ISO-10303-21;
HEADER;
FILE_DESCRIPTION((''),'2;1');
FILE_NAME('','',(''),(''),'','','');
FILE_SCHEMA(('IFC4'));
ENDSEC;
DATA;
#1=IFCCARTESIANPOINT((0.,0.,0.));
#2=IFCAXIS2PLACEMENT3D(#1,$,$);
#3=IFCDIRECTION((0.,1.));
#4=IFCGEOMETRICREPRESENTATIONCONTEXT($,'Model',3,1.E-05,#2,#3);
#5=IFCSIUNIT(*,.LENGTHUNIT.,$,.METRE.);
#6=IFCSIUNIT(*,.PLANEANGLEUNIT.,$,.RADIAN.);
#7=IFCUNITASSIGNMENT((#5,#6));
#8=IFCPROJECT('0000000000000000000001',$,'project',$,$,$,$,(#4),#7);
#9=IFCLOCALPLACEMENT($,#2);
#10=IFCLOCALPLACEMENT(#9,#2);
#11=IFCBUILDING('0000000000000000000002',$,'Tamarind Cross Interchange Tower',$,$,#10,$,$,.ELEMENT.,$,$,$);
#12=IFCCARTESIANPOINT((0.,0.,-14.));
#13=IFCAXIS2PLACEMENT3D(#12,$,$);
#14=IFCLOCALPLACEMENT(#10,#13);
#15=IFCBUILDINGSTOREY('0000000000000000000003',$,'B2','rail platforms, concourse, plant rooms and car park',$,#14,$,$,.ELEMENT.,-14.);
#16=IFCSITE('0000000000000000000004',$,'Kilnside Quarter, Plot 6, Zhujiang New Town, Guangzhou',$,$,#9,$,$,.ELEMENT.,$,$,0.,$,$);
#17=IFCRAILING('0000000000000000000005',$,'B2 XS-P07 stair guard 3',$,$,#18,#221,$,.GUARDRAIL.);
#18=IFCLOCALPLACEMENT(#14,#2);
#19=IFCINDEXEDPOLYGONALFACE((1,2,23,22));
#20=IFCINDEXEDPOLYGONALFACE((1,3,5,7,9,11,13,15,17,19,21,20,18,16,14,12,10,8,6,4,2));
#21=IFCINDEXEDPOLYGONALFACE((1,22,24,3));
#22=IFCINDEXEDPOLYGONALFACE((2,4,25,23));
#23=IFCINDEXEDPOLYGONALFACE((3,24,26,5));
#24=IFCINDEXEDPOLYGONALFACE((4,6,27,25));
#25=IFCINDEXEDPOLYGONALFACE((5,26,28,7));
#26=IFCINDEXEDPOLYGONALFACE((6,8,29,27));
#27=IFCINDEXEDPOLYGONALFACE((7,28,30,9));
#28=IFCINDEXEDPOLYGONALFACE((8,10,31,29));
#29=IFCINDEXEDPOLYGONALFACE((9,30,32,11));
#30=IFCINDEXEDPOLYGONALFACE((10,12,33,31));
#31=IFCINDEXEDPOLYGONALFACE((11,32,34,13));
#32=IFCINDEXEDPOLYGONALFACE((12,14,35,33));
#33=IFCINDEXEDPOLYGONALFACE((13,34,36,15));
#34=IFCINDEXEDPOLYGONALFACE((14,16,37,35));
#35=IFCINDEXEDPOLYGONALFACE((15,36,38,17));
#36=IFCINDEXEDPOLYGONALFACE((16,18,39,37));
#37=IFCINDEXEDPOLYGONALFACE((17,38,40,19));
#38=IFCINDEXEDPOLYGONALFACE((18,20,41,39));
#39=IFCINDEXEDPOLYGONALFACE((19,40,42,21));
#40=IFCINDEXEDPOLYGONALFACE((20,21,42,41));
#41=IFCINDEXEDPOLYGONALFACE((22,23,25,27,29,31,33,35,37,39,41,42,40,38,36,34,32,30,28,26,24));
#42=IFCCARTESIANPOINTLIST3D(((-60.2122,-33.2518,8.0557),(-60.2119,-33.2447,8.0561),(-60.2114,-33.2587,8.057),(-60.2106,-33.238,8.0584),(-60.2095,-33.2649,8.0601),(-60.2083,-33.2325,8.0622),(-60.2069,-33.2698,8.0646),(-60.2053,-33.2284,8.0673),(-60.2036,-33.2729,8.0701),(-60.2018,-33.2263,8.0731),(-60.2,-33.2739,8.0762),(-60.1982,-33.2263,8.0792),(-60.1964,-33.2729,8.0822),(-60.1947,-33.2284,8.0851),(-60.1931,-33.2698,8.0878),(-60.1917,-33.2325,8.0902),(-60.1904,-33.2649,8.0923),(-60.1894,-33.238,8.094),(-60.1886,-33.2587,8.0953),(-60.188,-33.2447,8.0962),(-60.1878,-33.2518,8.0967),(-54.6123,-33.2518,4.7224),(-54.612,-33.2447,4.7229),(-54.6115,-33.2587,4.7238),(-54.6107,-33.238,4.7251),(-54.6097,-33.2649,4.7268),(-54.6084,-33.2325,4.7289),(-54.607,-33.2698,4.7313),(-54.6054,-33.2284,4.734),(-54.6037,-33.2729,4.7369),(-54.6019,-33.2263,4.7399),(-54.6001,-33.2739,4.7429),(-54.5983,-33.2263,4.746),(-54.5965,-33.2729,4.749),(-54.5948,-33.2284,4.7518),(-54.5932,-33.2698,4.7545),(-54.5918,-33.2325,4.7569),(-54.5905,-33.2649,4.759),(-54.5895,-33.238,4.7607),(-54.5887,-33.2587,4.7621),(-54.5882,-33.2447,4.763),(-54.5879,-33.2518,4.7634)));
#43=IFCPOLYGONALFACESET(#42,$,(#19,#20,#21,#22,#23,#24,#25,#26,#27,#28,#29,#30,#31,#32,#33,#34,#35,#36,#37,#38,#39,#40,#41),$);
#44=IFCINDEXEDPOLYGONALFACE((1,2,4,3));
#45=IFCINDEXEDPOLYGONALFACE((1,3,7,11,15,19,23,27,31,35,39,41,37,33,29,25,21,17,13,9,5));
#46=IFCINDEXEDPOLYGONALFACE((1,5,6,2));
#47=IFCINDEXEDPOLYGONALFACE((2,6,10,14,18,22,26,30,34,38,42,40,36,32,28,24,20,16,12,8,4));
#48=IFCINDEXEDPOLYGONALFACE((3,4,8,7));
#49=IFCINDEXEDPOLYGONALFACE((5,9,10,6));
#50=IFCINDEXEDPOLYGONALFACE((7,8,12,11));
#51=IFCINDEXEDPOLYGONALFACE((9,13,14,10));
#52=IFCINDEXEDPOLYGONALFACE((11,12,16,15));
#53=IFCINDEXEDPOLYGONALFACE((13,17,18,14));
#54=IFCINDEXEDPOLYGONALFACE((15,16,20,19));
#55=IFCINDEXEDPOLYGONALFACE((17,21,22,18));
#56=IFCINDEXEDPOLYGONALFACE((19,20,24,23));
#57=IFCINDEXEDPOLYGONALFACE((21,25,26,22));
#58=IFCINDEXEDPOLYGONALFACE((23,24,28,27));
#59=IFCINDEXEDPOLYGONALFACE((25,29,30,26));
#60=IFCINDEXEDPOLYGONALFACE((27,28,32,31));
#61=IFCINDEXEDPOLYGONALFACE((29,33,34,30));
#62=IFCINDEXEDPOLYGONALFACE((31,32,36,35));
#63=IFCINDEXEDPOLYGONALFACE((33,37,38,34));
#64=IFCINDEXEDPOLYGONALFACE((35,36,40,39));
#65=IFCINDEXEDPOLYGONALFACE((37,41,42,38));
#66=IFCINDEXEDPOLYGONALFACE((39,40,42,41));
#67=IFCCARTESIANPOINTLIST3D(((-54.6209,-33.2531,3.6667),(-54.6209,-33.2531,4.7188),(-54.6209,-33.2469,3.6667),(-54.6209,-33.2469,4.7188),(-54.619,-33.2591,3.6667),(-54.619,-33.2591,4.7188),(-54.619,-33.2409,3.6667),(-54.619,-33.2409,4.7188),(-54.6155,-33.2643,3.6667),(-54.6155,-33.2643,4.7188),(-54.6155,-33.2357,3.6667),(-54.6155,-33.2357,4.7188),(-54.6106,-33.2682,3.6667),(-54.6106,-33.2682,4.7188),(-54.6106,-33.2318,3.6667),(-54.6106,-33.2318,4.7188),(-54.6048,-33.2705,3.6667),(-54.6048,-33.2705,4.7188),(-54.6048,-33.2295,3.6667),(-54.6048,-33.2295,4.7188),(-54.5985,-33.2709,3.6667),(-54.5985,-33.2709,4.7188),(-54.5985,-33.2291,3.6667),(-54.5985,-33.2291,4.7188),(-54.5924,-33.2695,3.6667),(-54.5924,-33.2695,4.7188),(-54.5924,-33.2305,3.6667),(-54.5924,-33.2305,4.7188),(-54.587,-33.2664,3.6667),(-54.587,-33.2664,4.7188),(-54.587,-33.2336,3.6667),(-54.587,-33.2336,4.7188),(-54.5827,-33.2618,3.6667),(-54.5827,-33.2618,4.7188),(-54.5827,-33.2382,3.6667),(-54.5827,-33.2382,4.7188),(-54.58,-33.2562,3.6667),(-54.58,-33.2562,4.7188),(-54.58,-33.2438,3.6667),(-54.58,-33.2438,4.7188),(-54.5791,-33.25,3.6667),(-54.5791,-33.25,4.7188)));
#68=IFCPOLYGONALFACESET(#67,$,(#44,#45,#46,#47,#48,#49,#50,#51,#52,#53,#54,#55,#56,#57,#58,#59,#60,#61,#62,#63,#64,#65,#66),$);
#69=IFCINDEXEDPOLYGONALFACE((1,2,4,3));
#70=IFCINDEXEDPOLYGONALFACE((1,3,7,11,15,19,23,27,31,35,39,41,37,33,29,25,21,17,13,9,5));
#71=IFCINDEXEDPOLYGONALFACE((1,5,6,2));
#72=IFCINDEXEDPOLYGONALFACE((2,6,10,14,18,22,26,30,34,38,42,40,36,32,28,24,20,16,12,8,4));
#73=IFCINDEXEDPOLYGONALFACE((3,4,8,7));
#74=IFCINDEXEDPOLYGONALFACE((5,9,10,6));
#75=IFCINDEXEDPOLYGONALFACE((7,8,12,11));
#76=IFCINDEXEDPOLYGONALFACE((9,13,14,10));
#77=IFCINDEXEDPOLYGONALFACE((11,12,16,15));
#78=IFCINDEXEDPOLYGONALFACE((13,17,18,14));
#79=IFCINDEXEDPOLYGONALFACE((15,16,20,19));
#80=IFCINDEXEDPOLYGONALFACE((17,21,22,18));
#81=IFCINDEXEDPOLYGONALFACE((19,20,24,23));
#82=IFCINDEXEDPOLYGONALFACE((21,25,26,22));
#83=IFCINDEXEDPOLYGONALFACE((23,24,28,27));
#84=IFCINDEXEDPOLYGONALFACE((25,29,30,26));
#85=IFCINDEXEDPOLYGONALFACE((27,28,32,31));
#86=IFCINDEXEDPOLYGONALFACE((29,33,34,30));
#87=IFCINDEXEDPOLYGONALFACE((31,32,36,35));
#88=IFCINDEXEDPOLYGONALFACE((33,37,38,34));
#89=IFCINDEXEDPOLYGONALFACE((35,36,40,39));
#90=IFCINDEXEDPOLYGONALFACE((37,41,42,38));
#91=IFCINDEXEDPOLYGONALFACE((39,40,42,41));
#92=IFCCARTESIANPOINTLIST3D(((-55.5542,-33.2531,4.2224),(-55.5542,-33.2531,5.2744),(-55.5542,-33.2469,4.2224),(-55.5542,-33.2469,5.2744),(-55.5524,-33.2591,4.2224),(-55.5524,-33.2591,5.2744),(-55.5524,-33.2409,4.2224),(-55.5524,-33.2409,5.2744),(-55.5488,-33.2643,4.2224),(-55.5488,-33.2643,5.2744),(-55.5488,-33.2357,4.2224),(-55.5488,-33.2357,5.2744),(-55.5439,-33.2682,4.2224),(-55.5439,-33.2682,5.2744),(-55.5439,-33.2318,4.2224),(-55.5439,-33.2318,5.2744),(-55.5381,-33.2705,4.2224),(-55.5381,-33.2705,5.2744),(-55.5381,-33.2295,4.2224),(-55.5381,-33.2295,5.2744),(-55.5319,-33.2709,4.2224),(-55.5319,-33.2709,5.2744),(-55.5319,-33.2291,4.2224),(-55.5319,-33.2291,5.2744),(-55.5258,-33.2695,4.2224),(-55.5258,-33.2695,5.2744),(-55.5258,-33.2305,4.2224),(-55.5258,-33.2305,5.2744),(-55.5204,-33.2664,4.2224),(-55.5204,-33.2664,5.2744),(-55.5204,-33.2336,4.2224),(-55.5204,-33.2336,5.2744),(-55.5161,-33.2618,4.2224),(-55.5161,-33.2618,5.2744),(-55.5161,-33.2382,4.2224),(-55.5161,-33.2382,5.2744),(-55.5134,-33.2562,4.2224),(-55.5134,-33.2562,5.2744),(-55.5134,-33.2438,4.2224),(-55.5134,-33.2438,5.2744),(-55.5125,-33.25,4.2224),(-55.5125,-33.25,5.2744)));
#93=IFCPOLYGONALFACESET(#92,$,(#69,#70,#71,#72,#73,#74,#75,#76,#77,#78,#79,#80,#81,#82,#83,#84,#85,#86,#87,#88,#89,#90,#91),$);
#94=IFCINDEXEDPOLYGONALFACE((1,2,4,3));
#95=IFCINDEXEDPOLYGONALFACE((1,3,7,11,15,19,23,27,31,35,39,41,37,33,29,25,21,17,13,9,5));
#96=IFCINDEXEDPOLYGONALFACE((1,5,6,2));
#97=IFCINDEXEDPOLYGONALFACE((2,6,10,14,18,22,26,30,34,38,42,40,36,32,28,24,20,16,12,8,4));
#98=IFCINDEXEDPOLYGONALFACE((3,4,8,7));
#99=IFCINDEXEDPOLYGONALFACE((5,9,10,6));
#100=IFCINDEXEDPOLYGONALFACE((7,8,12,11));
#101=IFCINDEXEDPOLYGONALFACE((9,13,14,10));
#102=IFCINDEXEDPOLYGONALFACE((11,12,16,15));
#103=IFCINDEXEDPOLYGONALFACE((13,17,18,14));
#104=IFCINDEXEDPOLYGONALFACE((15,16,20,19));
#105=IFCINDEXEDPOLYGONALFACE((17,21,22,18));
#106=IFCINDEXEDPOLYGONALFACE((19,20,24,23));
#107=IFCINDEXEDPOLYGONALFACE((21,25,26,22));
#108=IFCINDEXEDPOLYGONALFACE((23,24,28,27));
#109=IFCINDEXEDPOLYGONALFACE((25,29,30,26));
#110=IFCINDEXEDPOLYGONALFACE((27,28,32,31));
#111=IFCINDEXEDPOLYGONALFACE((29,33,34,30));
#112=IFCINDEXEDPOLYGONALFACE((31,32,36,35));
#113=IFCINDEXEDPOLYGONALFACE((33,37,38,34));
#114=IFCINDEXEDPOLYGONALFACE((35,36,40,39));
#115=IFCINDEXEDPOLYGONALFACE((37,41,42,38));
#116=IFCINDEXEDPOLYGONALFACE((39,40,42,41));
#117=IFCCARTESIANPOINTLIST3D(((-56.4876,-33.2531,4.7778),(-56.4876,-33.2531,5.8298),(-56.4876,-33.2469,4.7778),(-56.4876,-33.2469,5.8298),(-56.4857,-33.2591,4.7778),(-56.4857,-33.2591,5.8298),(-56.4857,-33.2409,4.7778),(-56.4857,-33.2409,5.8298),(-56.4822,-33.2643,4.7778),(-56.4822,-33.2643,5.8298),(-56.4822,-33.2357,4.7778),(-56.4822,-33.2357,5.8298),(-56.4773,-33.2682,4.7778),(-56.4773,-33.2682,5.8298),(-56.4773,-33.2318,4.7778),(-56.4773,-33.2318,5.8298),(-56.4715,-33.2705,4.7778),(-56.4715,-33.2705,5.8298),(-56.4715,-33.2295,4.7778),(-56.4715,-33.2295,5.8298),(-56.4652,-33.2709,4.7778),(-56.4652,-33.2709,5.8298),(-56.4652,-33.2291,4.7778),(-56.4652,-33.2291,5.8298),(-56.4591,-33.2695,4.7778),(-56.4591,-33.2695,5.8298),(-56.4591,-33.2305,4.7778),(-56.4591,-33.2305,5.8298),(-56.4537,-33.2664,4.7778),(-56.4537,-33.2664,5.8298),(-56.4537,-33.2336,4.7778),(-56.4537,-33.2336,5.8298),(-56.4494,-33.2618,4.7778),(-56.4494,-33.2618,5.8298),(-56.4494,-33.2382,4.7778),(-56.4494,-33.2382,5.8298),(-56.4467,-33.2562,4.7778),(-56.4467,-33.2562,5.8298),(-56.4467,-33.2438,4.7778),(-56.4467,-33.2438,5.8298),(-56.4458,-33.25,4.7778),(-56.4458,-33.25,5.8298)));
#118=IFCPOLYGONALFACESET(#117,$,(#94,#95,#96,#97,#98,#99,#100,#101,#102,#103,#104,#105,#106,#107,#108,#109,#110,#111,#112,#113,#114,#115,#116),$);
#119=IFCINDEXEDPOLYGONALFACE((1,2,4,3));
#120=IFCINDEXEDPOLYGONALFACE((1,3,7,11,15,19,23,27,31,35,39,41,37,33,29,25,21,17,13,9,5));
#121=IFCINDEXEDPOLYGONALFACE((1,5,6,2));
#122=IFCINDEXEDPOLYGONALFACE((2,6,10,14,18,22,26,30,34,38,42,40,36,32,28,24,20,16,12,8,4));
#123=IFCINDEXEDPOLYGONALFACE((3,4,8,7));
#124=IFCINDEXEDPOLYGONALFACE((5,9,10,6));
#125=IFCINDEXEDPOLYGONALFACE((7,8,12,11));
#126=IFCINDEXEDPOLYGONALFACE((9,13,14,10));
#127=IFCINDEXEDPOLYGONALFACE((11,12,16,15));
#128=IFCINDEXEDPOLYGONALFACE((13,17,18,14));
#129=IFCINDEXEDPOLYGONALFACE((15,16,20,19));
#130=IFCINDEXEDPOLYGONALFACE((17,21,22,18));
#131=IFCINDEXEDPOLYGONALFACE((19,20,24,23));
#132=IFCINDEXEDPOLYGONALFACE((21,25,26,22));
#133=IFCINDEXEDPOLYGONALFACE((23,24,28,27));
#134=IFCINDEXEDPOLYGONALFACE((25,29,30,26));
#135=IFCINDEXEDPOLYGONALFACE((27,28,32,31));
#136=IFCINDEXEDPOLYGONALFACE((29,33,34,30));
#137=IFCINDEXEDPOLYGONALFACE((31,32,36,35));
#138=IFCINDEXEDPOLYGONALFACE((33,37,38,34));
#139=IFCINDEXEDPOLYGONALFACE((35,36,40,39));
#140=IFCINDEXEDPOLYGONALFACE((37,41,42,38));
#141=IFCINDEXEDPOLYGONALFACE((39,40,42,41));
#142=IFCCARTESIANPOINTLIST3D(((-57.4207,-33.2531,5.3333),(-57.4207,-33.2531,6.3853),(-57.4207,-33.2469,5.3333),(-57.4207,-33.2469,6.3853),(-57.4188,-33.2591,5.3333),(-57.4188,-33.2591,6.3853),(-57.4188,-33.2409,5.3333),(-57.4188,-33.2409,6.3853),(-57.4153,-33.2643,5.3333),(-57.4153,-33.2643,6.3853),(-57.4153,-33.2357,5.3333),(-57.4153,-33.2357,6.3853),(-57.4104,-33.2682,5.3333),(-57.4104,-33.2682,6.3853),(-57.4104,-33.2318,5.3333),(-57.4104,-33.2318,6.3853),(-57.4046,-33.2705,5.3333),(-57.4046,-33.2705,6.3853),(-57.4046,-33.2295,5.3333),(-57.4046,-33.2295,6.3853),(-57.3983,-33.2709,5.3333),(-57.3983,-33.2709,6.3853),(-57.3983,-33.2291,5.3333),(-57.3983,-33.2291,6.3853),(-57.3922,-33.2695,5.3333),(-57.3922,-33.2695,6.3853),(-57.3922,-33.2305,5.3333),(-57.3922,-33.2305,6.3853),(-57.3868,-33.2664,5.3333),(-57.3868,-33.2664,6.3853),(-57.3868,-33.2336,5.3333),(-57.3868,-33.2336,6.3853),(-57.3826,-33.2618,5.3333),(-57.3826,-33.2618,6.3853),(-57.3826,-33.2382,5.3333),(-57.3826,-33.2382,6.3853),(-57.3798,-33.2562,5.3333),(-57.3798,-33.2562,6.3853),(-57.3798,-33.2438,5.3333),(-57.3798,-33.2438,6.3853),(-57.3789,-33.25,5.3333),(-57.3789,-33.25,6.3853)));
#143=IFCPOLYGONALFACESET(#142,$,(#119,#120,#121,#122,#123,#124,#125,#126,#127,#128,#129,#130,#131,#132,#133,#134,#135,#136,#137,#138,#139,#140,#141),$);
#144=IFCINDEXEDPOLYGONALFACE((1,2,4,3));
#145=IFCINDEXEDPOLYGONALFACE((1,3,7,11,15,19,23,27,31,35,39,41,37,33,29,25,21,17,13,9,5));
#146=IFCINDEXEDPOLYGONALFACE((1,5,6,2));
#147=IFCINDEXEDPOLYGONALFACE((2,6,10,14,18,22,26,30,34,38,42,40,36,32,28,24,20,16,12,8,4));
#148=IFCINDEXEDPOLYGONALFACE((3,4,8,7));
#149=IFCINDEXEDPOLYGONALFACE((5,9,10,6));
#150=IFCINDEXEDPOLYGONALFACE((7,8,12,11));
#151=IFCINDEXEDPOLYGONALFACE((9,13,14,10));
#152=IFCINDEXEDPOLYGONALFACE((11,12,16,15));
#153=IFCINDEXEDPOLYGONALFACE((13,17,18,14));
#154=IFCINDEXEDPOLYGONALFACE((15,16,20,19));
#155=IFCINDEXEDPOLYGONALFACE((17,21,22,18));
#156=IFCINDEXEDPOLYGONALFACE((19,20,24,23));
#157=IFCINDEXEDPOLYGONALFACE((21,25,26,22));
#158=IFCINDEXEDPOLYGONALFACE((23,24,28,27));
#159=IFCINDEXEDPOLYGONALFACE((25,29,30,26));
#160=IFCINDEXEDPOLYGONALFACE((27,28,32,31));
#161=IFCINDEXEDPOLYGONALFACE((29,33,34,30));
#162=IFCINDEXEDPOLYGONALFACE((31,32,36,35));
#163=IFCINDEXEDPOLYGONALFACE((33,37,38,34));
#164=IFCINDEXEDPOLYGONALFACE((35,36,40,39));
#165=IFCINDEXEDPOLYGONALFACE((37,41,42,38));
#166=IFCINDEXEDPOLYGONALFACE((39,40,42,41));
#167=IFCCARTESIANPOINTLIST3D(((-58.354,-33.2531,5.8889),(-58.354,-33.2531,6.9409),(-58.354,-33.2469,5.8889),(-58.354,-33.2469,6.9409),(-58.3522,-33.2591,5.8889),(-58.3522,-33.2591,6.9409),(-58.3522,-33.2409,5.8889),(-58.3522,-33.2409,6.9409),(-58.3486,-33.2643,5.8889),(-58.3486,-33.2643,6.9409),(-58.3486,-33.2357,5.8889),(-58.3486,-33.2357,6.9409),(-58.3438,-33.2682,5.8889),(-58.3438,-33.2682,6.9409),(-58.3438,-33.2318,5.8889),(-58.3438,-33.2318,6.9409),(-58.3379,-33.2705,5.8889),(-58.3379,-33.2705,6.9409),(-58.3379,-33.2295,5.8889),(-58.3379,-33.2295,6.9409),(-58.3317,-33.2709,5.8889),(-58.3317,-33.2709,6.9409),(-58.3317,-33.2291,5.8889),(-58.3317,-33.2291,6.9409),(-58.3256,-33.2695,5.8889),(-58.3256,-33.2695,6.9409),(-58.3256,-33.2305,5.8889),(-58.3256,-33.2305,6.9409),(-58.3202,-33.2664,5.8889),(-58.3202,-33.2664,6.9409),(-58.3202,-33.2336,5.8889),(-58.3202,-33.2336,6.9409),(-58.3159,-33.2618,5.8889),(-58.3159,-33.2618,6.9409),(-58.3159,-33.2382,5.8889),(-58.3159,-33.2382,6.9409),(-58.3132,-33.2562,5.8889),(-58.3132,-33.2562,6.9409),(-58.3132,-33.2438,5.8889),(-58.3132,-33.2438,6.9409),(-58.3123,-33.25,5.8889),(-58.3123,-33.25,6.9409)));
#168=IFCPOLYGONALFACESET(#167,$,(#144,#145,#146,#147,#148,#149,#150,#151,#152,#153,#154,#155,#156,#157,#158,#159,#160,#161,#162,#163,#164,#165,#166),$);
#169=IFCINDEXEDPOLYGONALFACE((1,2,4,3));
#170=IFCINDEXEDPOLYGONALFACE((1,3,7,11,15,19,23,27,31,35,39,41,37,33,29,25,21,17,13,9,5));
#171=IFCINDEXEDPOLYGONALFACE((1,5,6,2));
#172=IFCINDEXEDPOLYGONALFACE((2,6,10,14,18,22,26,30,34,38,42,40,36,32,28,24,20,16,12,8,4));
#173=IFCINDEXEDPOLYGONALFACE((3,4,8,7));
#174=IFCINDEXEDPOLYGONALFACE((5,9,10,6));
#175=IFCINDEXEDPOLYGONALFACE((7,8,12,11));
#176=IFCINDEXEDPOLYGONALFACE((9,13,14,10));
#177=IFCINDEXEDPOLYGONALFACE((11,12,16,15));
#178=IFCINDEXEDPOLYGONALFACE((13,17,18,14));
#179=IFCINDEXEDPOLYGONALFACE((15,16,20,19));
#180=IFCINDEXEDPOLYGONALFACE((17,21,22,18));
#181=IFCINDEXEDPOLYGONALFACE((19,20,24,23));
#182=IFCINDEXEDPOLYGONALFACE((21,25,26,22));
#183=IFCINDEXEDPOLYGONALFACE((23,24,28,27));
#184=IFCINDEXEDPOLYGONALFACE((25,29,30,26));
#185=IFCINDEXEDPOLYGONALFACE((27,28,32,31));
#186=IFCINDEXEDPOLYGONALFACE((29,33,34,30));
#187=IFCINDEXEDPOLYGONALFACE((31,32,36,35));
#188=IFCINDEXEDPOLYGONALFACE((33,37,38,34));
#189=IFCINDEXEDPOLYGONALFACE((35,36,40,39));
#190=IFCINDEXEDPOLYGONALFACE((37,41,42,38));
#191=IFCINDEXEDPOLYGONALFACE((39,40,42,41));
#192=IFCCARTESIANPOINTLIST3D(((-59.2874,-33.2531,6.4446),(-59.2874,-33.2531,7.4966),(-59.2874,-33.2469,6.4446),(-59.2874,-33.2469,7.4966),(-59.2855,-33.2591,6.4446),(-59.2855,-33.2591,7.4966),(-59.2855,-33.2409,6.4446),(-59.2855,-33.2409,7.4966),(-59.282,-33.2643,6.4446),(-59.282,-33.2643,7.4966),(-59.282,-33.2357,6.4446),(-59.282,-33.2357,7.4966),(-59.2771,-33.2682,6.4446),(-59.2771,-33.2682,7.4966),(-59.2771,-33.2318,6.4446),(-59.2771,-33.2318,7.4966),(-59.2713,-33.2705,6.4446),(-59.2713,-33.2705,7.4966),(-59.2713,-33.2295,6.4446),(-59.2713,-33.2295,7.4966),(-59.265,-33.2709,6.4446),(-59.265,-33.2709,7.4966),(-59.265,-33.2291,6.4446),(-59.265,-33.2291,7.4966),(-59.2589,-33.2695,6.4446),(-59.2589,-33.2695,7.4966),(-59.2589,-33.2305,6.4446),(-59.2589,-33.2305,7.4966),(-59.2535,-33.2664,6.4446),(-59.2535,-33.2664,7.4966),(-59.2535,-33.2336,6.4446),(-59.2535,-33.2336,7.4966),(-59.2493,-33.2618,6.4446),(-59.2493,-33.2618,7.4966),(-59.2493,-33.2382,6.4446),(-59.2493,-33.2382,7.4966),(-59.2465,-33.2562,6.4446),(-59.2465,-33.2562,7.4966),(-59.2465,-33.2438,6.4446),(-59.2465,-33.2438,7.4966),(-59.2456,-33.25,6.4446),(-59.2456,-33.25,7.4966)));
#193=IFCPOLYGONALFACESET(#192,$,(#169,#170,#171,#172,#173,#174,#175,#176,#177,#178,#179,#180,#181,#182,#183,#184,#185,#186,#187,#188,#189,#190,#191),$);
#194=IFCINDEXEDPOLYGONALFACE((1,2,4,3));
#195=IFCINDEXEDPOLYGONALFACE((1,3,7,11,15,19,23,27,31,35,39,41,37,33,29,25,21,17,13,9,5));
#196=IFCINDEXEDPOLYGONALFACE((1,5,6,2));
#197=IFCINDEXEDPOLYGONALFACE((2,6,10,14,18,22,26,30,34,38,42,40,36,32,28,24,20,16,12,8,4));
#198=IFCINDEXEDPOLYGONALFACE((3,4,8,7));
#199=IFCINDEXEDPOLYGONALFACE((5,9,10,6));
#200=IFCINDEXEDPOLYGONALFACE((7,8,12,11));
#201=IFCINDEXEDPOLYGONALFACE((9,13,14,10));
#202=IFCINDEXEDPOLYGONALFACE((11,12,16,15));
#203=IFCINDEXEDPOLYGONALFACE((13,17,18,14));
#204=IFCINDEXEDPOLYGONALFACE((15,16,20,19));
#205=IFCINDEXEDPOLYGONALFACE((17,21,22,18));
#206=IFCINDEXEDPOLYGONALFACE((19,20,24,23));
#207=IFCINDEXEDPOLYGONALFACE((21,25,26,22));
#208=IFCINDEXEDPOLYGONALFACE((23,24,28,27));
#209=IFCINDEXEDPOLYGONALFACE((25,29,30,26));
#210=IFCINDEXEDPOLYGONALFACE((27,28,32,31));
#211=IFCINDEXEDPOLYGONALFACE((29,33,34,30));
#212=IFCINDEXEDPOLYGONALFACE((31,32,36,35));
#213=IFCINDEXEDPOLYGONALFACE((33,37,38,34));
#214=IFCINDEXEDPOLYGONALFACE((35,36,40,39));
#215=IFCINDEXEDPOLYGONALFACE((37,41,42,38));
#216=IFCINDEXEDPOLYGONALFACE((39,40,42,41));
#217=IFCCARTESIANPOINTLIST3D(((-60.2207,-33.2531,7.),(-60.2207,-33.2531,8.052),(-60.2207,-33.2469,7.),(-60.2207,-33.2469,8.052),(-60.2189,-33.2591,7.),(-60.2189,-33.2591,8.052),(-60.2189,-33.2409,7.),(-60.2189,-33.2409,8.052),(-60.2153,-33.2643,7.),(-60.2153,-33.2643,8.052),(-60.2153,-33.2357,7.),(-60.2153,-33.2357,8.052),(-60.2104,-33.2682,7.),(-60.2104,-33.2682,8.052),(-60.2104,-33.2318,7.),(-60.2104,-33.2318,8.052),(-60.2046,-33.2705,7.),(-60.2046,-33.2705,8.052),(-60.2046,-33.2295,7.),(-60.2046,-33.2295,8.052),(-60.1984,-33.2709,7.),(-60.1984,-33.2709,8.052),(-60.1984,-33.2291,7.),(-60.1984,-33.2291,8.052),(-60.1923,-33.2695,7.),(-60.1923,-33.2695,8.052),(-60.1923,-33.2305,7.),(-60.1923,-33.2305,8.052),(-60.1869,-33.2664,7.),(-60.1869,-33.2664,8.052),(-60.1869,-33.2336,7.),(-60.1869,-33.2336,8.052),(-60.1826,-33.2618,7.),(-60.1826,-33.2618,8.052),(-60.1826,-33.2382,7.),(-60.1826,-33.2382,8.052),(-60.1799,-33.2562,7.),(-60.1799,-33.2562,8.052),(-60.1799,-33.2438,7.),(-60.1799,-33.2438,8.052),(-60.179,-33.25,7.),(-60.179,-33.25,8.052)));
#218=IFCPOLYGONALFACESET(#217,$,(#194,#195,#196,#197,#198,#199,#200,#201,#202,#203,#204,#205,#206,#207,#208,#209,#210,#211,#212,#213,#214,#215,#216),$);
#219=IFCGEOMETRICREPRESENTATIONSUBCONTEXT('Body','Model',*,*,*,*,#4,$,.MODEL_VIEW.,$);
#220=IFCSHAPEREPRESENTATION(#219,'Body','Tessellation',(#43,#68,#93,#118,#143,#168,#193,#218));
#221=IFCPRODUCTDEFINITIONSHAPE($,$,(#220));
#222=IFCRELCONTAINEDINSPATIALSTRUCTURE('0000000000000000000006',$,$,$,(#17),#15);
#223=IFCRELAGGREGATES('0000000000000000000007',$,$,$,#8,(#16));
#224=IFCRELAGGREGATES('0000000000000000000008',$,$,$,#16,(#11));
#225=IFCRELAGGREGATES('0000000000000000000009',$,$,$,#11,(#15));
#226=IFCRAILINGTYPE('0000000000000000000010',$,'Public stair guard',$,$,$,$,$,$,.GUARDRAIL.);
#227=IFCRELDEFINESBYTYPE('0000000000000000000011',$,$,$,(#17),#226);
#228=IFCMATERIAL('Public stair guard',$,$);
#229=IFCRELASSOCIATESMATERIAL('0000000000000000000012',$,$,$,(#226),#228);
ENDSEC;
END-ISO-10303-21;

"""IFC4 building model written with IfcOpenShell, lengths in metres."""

from ifc_helpers import new_model, si_unit, direction, frame, origin, origin_2d, place, context, subcontext, project, spatial, circle, extrude, material, type_object, element, save


model = new_model("IFC4")

# Units and contexts
model_context = context("Model", 3, precision=1e-05, world=origin(), true_north=direction((0.0, 1.0)))
body_context = subcontext(model_context, "Body", "Model", "MODEL_VIEW")
ifc_project = project(units=[si_unit("LENGTHUNIT", "METRE"), si_unit("PLANEANGLEUNIT", "RADIAN")], contexts=[model_context])

# Site, building, storey
site_placement = place(None, origin())
site = spatial("IfcSite", under=ifc_project, at=site_placement, Name="Kilnside Quarter, Plot 6, Zhujiang New Town, Guangzhou", CompositionType="ELEMENT", RefElevation=0.0)
building_placement = place(site_placement, origin())
building = spatial("IfcBuilding", under=site, at=building_placement, Name="Tamarind Cross Interchange Tower", CompositionType="ELEMENT")
storey_placement = place(building_placement, frame((0.0, 0.0, -14.0)))
storey = spatial("IfcBuildingStorey", under=building, at=storey_placement, Name="B2", Description="rail platforms, concourse, plant rooms and car park", CompositionType="ELEMENT", Elevation=-14.0)

# Railing
ifc_material_1 = material(Name="Public stair guard")
railing_type_1 = type_object("IfcRailingType", Name="Public stair guard", PredefinedType="GUARDRAIL", material=ifc_material_1)
railing_1_placement = place(storey_placement, frame((-54.6001, -33.25, 3.6667)))
element("IfcRailing", 1, at=railing_1_placement, inside=storey, type_object=railing_type_1, Name="B2 XS-P07 stair guard 3", PredefinedType="GUARDRAIL", context=body_context, shape_type="SweptSolid", body=[
    extrude(circle(Radius=0.0239, at=origin_2d()), frame((0.0, 0.0, 1.0762), z_axis=(-0.859292, 0.0, 0.511485), x_axis=(0.0, -1.0, 0.0)), (0.0, 0.0, 1.0), 6.5168),
    extrude(circle(Radius=0.021, at=origin_2d()), origin(), (0.0, 0.0, 1.0), 1.052),
    extrude(circle(Radius=0.021, at=origin_2d()), frame((-0.9333, 0.0, 0.5557)), (0.0, 0.0, 1.0), 1.052),
    extrude(circle(Radius=0.021, at=origin_2d()), frame((-1.8667, 0.0, 1.1111)), (0.0, 0.0, 1.0), 1.052),
    extrude(circle(Radius=0.021, at=origin_2d()), frame((-2.7998, 0.0, 1.6665)), (0.0, 0.0, 1.0), 1.052),
    extrude(circle(Radius=0.021, at=origin_2d()), frame((-3.7332, 0.0, 2.2222)), (0.0, 0.0, 1.0), 1.052),
    extrude(circle(Radius=0.021, at=origin_2d()), frame((-4.6665, 0.0, 2.7778)), (0.0, 0.0, 1.0), 1.052),
    extrude(circle(Radius=0.021, at=origin_2d()), frame((-5.5999, 0.0, 3.3333)), (0.0, 0.0, 1.0), 1.052),
])

save(model, "model.ifc")
